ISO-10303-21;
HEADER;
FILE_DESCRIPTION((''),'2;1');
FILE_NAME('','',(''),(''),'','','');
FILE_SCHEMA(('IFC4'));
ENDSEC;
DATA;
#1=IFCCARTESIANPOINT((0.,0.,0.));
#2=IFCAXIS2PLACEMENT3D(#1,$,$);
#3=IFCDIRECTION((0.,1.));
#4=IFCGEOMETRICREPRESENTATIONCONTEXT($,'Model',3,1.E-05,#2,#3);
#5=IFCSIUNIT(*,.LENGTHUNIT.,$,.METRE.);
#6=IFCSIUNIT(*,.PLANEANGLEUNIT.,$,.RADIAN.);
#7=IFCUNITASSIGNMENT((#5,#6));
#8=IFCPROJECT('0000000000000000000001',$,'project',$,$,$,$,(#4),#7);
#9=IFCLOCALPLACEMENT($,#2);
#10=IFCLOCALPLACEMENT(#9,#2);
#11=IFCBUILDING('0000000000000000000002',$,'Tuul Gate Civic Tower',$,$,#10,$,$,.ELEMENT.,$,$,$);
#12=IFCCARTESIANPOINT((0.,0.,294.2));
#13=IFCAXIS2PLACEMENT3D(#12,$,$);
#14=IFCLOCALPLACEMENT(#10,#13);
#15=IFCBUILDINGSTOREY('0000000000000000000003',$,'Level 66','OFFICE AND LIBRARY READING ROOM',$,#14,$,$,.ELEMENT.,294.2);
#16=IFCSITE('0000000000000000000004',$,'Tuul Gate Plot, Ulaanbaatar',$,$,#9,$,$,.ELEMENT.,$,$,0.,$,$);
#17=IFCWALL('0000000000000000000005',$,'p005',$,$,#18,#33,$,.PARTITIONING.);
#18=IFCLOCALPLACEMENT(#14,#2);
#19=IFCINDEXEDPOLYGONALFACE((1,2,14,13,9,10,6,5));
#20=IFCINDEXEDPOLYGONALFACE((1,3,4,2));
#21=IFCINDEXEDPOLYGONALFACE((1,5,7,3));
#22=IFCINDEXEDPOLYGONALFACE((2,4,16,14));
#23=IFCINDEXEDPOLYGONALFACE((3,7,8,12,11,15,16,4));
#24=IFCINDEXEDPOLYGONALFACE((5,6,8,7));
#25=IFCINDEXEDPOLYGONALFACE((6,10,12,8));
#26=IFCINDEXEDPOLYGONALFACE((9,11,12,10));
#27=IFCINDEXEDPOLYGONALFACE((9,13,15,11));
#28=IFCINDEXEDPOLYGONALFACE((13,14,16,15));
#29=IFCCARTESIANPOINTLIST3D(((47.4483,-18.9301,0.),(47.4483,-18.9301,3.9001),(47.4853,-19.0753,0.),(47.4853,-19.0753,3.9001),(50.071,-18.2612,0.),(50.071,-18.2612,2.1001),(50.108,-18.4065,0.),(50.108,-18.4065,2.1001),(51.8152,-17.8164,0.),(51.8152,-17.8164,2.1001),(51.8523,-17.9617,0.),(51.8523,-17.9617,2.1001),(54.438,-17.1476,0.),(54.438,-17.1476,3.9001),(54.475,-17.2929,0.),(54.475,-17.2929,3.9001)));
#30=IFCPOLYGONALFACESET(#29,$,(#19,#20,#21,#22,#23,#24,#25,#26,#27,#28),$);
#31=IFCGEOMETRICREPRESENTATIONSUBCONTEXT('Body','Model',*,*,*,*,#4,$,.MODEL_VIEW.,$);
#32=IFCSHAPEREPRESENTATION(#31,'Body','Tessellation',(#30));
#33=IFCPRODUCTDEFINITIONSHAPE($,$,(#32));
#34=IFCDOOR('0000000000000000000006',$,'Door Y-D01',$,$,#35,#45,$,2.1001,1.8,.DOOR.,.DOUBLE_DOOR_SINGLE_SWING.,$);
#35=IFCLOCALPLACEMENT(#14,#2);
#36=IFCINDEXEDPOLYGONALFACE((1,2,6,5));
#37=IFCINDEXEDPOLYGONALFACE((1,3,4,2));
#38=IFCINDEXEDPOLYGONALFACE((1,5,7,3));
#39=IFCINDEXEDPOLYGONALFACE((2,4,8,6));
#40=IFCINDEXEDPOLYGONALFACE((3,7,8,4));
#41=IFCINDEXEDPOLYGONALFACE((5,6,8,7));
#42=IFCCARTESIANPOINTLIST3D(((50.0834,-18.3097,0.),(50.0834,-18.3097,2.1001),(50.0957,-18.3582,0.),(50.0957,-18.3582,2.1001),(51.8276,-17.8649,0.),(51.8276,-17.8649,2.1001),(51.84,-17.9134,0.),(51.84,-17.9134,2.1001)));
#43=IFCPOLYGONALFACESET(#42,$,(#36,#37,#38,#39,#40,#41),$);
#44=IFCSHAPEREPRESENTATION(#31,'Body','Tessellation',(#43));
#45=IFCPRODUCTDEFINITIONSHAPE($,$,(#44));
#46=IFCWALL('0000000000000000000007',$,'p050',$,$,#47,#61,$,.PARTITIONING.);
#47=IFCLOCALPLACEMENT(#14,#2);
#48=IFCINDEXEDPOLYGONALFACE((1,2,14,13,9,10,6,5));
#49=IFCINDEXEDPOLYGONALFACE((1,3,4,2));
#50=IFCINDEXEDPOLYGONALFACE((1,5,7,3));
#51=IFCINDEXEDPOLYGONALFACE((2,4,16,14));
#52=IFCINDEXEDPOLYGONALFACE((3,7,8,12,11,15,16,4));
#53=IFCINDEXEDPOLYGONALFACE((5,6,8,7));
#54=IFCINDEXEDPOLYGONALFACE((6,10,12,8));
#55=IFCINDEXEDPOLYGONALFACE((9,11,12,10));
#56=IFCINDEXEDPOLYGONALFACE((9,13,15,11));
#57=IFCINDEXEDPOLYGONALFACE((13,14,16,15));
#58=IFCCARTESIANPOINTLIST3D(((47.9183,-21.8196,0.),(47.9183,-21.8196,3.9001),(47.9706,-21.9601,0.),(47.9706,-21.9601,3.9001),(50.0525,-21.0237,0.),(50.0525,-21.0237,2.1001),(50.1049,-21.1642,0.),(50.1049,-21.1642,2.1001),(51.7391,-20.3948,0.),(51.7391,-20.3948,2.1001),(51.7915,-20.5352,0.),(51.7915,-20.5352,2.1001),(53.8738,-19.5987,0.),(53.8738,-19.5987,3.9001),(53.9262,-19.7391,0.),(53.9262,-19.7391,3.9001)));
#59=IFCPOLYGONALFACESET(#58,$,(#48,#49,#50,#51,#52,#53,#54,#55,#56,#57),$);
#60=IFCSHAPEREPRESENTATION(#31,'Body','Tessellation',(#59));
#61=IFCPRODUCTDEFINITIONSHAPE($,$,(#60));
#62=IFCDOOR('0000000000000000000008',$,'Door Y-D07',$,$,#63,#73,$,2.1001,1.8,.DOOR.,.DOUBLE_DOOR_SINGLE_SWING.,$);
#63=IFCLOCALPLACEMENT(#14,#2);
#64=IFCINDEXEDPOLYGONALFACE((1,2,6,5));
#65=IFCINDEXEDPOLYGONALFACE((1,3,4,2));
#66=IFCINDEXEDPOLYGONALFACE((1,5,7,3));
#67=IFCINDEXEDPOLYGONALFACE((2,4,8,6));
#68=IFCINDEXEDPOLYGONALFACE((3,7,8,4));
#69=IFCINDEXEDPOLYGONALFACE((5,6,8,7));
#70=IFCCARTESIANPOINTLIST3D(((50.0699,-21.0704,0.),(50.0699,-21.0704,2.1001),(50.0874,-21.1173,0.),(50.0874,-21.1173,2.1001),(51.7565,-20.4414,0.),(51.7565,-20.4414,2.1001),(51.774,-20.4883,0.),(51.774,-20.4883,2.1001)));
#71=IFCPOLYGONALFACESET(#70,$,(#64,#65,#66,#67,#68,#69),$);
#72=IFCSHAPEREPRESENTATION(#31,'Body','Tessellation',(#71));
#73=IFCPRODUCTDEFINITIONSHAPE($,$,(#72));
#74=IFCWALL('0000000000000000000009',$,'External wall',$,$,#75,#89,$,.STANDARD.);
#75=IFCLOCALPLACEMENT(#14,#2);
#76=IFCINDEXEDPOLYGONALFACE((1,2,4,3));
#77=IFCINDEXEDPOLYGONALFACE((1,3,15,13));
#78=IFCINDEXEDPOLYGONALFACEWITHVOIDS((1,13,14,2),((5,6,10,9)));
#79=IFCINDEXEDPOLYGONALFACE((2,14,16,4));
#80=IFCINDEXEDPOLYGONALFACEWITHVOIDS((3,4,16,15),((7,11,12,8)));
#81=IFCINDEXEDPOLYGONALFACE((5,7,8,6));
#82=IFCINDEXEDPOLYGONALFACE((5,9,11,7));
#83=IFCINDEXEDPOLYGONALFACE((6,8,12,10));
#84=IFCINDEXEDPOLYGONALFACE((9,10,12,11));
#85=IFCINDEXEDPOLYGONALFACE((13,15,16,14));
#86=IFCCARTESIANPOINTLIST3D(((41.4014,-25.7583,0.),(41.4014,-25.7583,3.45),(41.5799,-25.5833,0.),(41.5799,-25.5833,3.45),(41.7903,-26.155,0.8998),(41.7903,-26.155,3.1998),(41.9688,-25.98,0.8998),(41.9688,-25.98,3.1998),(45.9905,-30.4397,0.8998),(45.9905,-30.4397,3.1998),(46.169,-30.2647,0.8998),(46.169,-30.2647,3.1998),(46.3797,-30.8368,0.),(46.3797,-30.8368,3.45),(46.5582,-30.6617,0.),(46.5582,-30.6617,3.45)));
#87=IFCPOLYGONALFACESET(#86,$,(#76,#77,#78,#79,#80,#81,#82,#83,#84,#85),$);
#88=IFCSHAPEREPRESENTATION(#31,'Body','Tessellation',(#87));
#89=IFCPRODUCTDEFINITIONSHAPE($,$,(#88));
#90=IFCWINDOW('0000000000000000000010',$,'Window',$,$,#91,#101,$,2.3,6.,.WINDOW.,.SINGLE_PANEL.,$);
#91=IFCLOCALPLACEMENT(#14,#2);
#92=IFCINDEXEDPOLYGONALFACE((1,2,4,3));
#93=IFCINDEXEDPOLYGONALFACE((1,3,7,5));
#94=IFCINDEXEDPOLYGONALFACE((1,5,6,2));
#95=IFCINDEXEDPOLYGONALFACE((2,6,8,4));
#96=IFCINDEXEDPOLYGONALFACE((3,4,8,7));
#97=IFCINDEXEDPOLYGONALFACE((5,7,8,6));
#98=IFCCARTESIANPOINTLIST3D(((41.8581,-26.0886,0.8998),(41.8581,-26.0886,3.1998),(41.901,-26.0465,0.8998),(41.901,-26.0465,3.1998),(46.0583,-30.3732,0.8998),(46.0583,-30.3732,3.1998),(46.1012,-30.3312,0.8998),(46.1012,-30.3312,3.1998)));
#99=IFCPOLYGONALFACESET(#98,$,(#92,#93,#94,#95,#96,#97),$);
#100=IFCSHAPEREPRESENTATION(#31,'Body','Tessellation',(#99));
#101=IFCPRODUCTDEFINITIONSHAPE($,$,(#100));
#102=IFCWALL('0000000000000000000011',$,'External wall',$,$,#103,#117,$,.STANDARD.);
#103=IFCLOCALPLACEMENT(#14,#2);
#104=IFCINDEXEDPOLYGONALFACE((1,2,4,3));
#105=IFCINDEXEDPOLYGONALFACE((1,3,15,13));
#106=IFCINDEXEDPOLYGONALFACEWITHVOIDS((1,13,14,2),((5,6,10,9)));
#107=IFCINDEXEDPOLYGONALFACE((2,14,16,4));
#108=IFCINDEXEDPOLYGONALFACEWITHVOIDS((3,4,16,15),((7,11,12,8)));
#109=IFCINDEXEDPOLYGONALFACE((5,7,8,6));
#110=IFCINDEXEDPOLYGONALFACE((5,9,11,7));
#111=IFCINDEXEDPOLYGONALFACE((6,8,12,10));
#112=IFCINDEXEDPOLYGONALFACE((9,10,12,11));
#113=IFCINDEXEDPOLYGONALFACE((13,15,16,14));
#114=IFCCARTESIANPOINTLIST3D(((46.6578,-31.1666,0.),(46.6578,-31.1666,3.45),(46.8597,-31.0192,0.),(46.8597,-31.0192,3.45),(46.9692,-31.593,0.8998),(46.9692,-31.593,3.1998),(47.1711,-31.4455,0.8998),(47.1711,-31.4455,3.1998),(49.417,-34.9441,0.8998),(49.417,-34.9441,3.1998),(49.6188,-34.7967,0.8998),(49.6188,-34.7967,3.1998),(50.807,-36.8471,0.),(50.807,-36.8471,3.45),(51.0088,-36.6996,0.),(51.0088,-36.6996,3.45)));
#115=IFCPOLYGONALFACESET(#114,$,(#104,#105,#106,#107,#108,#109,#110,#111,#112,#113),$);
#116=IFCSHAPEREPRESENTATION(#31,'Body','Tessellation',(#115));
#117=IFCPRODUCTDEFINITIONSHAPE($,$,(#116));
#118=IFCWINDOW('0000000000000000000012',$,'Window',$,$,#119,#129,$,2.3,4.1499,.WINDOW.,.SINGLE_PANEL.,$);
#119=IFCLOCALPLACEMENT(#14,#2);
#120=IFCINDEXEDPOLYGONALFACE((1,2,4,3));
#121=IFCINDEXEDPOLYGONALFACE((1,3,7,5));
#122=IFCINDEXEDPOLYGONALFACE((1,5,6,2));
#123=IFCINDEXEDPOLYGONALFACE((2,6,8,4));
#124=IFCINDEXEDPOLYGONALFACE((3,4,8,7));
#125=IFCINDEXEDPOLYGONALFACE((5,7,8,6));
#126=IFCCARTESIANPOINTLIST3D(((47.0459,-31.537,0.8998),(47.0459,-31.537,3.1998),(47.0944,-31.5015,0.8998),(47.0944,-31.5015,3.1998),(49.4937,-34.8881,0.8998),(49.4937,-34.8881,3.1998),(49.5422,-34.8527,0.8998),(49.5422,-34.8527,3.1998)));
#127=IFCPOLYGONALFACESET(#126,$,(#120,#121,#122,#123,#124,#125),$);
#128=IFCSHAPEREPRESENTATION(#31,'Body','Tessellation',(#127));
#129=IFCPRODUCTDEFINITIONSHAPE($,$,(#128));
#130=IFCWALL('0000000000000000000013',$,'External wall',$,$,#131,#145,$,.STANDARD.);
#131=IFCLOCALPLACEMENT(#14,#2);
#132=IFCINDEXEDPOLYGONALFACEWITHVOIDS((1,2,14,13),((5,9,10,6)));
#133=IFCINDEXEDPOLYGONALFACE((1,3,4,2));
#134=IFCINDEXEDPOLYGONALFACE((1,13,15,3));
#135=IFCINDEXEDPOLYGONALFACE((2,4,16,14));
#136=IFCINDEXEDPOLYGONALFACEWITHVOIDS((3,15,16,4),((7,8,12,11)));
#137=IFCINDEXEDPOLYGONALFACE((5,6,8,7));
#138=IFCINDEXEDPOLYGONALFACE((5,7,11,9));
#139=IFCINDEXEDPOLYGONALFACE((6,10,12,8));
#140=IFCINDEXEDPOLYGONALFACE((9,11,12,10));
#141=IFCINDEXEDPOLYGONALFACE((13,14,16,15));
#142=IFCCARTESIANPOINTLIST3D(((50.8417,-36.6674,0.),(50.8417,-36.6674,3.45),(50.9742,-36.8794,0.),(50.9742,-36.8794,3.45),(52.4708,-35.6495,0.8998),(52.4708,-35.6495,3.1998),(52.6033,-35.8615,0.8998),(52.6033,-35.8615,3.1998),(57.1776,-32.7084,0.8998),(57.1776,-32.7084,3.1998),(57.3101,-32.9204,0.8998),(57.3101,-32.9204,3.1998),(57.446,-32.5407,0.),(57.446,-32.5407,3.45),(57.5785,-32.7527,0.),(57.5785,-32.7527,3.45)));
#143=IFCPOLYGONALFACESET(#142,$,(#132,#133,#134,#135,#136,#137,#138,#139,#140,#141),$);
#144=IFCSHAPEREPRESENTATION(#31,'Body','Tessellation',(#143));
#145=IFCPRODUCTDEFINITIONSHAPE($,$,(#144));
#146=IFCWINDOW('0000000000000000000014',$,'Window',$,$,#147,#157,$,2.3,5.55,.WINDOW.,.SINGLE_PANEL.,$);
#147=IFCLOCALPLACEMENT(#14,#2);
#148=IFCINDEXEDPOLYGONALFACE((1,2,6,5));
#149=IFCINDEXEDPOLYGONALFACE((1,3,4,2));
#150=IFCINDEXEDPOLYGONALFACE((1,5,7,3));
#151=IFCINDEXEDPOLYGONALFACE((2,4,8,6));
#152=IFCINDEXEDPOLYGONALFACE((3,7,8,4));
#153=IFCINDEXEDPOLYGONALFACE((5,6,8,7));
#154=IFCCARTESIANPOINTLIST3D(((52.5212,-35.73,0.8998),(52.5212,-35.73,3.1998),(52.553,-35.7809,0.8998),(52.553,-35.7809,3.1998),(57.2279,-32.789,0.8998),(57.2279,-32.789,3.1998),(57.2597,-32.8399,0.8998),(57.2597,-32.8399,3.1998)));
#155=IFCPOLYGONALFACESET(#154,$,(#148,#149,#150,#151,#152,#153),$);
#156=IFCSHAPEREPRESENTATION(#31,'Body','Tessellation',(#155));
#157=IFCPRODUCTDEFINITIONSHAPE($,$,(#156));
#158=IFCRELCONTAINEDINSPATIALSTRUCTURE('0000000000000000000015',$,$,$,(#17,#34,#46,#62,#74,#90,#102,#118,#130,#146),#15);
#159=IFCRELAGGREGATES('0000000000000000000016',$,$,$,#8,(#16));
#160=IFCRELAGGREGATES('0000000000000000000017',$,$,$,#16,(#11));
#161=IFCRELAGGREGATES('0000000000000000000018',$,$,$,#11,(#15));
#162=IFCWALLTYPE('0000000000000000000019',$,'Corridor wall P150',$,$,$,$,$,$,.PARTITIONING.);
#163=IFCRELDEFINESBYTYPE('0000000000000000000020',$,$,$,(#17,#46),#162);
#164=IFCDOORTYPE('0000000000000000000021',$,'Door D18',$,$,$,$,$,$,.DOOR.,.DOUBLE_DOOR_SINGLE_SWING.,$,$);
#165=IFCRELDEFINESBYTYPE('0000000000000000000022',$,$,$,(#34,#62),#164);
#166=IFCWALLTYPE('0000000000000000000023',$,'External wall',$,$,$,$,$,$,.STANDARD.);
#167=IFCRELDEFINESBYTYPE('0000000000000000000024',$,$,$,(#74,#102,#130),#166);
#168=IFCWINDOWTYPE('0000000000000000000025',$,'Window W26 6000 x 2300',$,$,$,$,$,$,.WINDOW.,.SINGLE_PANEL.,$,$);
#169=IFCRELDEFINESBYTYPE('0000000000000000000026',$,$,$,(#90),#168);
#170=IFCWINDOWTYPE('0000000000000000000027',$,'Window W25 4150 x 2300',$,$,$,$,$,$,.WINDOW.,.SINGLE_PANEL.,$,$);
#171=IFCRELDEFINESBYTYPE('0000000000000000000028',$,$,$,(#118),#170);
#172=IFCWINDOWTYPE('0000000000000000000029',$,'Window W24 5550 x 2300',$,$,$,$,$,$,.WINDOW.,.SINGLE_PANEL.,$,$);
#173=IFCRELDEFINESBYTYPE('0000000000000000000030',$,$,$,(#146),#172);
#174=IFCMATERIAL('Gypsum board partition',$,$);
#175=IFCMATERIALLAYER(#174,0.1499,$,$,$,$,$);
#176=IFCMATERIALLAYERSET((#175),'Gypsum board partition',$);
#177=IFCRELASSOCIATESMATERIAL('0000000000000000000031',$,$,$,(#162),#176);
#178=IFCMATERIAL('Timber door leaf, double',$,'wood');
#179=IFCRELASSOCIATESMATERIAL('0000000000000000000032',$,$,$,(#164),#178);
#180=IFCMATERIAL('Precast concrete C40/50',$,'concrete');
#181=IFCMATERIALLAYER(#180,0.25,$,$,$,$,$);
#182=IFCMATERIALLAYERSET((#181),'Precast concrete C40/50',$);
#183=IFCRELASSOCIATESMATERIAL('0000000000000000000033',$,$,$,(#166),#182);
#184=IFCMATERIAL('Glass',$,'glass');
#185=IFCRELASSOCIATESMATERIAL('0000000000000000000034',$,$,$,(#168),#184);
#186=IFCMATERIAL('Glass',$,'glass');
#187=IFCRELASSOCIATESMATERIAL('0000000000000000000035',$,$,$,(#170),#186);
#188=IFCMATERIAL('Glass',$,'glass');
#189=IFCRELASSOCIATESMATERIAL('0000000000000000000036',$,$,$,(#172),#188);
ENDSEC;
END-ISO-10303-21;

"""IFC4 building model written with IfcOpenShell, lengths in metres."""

from ifc_helpers import new_model, si_unit, direction, frame, frame_2d, origin, place, context, subcontext, project, spatial, rectangle, extrude, material, layer, layer_set, type_object, element, fill, save


model = new_model("IFC4")

# Units and contexts
model_context = context("Model", 3, precision=1e-05, world=origin(), true_north=direction((0.0, 1.0)))
body_context = subcontext(model_context, "Body", "Model", "MODEL_VIEW")
ifc_project = project(units=[si_unit("LENGTHUNIT", "METRE"), si_unit("PLANEANGLEUNIT", "RADIAN")], contexts=[model_context])

# Site, building, storey
site_placement = place(None, origin())
site = spatial("IfcSite", under=ifc_project, at=site_placement, Name="Tuul Gate Plot, Ulaanbaatar", CompositionType="ELEMENT", RefElevation=0.0)
building_placement = place(site_placement, origin())
building = spatial("IfcBuilding", under=site, at=building_placement, Name="Tuul Gate Civic Tower", CompositionType="ELEMENT")
storey_placement = place(building_placement, frame((0.0, 0.0, 294.2)))
storey = spatial("IfcBuildingStorey", under=building, at=storey_placement, Name="Level 66", Description="OFFICE AND LIBRARY READING ROOM", CompositionType="ELEMENT", Elevation=294.2)

# Walls, openings, doors
ifc_material_1 = material(Name="Gypsum board partition")
ifc_layer_1 = layer(ifc_material_1, 0.1499)
ifc_layer_set_1 = layer_set([ifc_layer_1], Name="Gypsum board partition")
wall_type_1 = type_object("IfcWallType", Name="Corridor wall P150", PredefinedType="PARTITIONING", material=ifc_layer_set_1)
wall_1_placement = place(storey_placement, frame((47.4668, -19.0027, 0.0), z_axis=(0.0, 0.0, 1.0), x_axis=(0.968989, 0.247104, 0.0)))
wall_1 = element("IfcWall", 1, at=wall_1_placement, inside=storey, type_object=wall_type_1, Name="p005", PredefinedType="PARTITIONING", context=body_context, shape_type="SweptSolid", body=[
    extrude(rectangle(XDim=7.2134, YDim=0.1499, at=frame_2d((3.6067, 0.0))), origin(), (0.0, 0.0, 1.0), 3.9001),
])
opening_1_placement = place(wall_1_placement, frame((2.7068, 0.0, 0.0)))
opening_1 = element("IfcOpeningElement", 2, at=opening_1_placement, cuts=wall_1, PredefinedType="OPENING", context=body_context, shape_type="SweptSolid", body=[
    extrude(rectangle(XDim=1.8, YDim=2.1001, at=frame_2d((0.8999, 1.05))), frame((0.0, 0.085, 0.0), z_axis=(0.0, -1.0, 0.0), x_axis=(1.0, 0.0, 0.0)), (0.0, 0.0, 1.0), 0.1699),
])
ifc_material_2 = material(Name="Timber door leaf, double", Category="wood")
door_type_1 = type_object("IfcDoorType", Name="Door D18", OperationType="DOUBLE_DOOR_SINGLE_SWING", PredefinedType="DOOR", material=ifc_material_2)
door_1_placement = place(opening_1_placement, origin())
door_1 = element("IfcDoor", 3, at=door_1_placement, inside=storey, type_object=door_type_1, Name="Door Y-D01", OperationType="DOUBLE_DOOR_SINGLE_SWING", OverallHeight=2.1001, OverallWidth=1.8, PredefinedType="DOOR", context=body_context, shape_type="SweptSolid", body=[
    extrude(rectangle(XDim=1.8, YDim=2.1001, at=frame_2d((0.8999, 1.05))), frame((0.0, 0.0249, 0.0), z_axis=(0.0, -1.0, 0.0), x_axis=(1.0, 0.0, 0.0)), (0.0, 0.0, 1.0), 0.05),
])
fill(opening_1, door_1)
wall_2_placement = place(storey_placement, frame((47.9443, -21.8899, 0.0), z_axis=(0.0, 0.0, 1.0), x_axis=(0.936968, 0.349414, 0.0)))
wall_2 = element("IfcWall", 4, at=wall_2_placement, inside=storey, type_object=wall_type_1, Name="p050", PredefinedType="PARTITIONING", context=body_context, shape_type="SweptSolid", body=[
    extrude(rectangle(XDim=6.3562, YDim=0.1499, at=frame_2d((3.1782, 0.0))), origin(), (0.0, 0.0, 1.0), 3.9001),
])
opening_2_placement = place(wall_2_placement, frame((2.2781, 0.0, 0.0)))
opening_2 = element("IfcOpeningElement", 5, at=opening_2_placement, cuts=wall_2, PredefinedType="OPENING", context=body_context, shape_type="SweptSolid", body=[
    extrude(rectangle(XDim=1.8, YDim=2.1001, at=frame_2d((0.8999, 1.05))), frame((0.0, 0.085, 0.0), z_axis=(0.0, -1.0, 0.0), x_axis=(1.0, 0.0, 0.0)), (0.0, 0.0, 1.0), 0.1699),
])
door_2_placement = place(opening_2_placement, frame((1.8, 0.0, 0.0), z_axis=(0.0, 0.0, 1.0), x_axis=(-1.0, 0.0, 0.0)))
door_2 = element("IfcDoor", 6, at=door_2_placement, inside=storey, type_object=door_type_1, Name="Door Y-D07", OperationType="DOUBLE_DOOR_SINGLE_SWING", OverallHeight=2.1001, OverallWidth=1.8, PredefinedType="DOOR", context=body_context, shape_type="SweptSolid", body=[
    extrude(rectangle(XDim=1.8, YDim=2.1001, at=frame_2d((0.9001, 1.05))), frame((0.0, 0.0249, 0.0), z_axis=(0.0, -1.0, 0.0), x_axis=(1.0, 0.0, 0.0)), (0.0, 0.0, 1.0), 0.05),
])
fill(opening_2, door_2)

# Walls, openings, windows
ifc_material_3 = material(Name="Precast concrete C40/50", Category="concrete")
ifc_layer_2 = layer(ifc_material_3, 0.25)
ifc_layer_set_2 = layer_set([ifc_layer_2], Name="Precast concrete C40/50")
wall_type_2 = type_object("IfcWallType", Name="External wall", PredefinedType="STANDARD", material=ifc_layer_set_2)
wall_3_placement = place(storey_placement, frame((41.4907, -25.6709, 0.0), z_axis=(0.0, 0.0, 1.0), x_axis=(0.700034, -0.71411, 0.0)))
wall_3 = element("IfcWall", 7, at=wall_3_placement, inside=storey, type_object=wall_type_2, Name="External wall", PredefinedType="STANDARD", context=body_context, shape_type="SweptSolid", body=[
    extrude(rectangle(XDim=7.1116, YDim=0.25, at=frame_2d((3.5557, 0.0))), origin(), (0.0, 0.0, 1.0), 3.45),
])
opening_3_placement = place(wall_3_placement, frame((0.5554, 0.0, 0.8999)))
opening_3 = element("IfcOpeningElement", 8, at=opening_3_placement, cuts=wall_3, PredefinedType="OPENING", context=body_context, shape_type="SweptSolid", body=[
    extrude(rectangle(XDim=6.0, YDim=2.3, at=frame_2d((3.0, 1.1499))), frame((0.0, 0.135, 0.0), z_axis=(0.0, -1.0, 0.0), x_axis=(1.0, 0.0, 0.0)), (0.0, 0.0, 1.0), 0.27),
])
ifc_material_4 = material(Name="Glass", Category="glass")
window_type_1 = type_object("IfcWindowType", Name="Window W26 6000 x 2300", PartitioningType="SINGLE_PANEL", PredefinedType="WINDOW", material=ifc_material_4)
window_1_placement = place(opening_3_placement, origin())
window_1 = element("IfcWindow", 9, at=window_1_placement, inside=storey, type_object=window_type_1, Name="Window", OverallHeight=2.3, OverallWidth=6.0, PartitioningType="SINGLE_PANEL", PredefinedType="WINDOW", context=body_context, shape_type="SweptSolid", body=[
    extrude(rectangle(XDim=6.0, YDim=2.3, at=frame_2d((3.0, 1.1499))), frame((0.0, 0.03, 0.0), z_axis=(0.0, -1.0, 0.0), x_axis=(1.0, 0.0, 0.0)), (0.0, 0.0, 1.0), 0.0601),
])
fill(opening_3, window_1)
wall_4_placement = place(storey_placement, frame((46.7588, -31.093, 0.0), z_axis=(0.0, 0.0, 1.0), x_axis=(0.58984, -0.80752, 0.0)))
wall_4 = element("IfcWall", 10, at=wall_4_placement, inside=storey, type_object=wall_type_2, Name="External wall", PredefinedType="STANDARD", context=body_context, shape_type="SweptSolid", body=[
    extrude(rectangle(XDim=7.0344, YDim=0.25, at=frame_2d((3.5171, 0.0))), origin(), (0.0, 0.0, 1.0), 3.45),
])
opening_4_placement = place(wall_4_placement, frame((0.5278, 0.0, 0.8999)))
opening_4 = element("IfcOpeningElement", 11, at=opening_4_placement, cuts=wall_4, PredefinedType="OPENING", context=body_context, shape_type="SweptSolid", body=[
    extrude(rectangle(XDim=4.1499, YDim=2.3, at=frame_2d((2.075, 1.1499))), frame((0.0, 0.135, 0.0), z_axis=(0.0, -1.0, 0.0), x_axis=(1.0, 0.0, 0.0)), (0.0, 0.0, 1.0), 0.27),
])
ifc_material_5 = material(Name="Glass", Category="glass")
window_type_2 = type_object("IfcWindowType", Name="Window W25 4150 x 2300", PartitioningType="SINGLE_PANEL", PredefinedType="WINDOW", material=ifc_material_5)
window_2_placement = place(opening_4_placement, origin())
window_2 = element("IfcWindow", 12, at=window_2_placement, inside=storey, type_object=window_type_2, Name="Window", OverallHeight=2.3, OverallWidth=4.1499, PartitioningType="SINGLE_PANEL", PredefinedType="WINDOW", context=body_context, shape_type="SweptSolid", body=[
    extrude(rectangle(XDim=4.1499, YDim=2.3, at=frame_2d((2.075, 1.1499))), frame((0.0, 0.03, 0.0), z_axis=(0.0, -1.0, 0.0), x_axis=(1.0, 0.0, 0.0)), (0.0, 0.0, 1.0), 0.0601),
])
fill(opening_4, window_2)
wall_5_placement = place(storey_placement, frame((50.908, -36.7734, 0.0), z_axis=(0.0, 0.0, 1.0), x_axis=(0.848053, 0.529912, 0.0)))
wall_5 = element("IfcWall", 13, at=wall_5_placement, inside=storey, type_object=wall_type_2, Name="External wall", PredefinedType="STANDARD", context=body_context, shape_type="SweptSolid", body=[
    extrude(rectangle(XDim=7.7876, YDim=0.25, at=frame_2d((3.8938, 0.0))), origin(), (0.0, 0.0, 1.0), 3.45),
])
opening_5_placement = place(wall_5_placement, frame((1.9211, 0.0, 0.8999)))
opening_5 = element("IfcOpeningElement", 14, at=opening_5_placement, cuts=wall_5, PredefinedType="OPENING", context=body_context, shape_type="SweptSolid", body=[
    extrude(rectangle(XDim=5.55, YDim=2.3, at=frame_2d((2.7749, 1.1499))), frame((0.0, 0.135, 0.0), z_axis=(0.0, -1.0, 0.0), x_axis=(1.0, 0.0, 0.0)), (0.0, 0.0, 1.0), 0.27),
])
ifc_material_6 = material(Name="Glass", Category="glass")
window_type_3 = type_object("IfcWindowType", Name="Window W24 5550 x 2300", PartitioningType="SINGLE_PANEL", PredefinedType="WINDOW", material=ifc_material_6)
window_3_placement = place(opening_5_placement, origin())
window_3 = element("IfcWindow", 15, at=window_3_placement, inside=storey, type_object=window_type_3, Name="Window", OverallHeight=2.3, OverallWidth=5.55, PartitioningType="SINGLE_PANEL", PredefinedType="WINDOW", context=body_context, shape_type="SweptSolid", body=[
    extrude(rectangle(XDim=5.55, YDim=2.3, at=frame_2d((2.7749, 1.1499))), frame((0.0, 0.03, 0.0), z_axis=(0.0, -1.0, 0.0), x_axis=(1.0, 0.0, 0.0)), (0.0, 0.0, 1.0), 0.0601),
])
fill(opening_5, window_3)

save(model, "model.ifc")
